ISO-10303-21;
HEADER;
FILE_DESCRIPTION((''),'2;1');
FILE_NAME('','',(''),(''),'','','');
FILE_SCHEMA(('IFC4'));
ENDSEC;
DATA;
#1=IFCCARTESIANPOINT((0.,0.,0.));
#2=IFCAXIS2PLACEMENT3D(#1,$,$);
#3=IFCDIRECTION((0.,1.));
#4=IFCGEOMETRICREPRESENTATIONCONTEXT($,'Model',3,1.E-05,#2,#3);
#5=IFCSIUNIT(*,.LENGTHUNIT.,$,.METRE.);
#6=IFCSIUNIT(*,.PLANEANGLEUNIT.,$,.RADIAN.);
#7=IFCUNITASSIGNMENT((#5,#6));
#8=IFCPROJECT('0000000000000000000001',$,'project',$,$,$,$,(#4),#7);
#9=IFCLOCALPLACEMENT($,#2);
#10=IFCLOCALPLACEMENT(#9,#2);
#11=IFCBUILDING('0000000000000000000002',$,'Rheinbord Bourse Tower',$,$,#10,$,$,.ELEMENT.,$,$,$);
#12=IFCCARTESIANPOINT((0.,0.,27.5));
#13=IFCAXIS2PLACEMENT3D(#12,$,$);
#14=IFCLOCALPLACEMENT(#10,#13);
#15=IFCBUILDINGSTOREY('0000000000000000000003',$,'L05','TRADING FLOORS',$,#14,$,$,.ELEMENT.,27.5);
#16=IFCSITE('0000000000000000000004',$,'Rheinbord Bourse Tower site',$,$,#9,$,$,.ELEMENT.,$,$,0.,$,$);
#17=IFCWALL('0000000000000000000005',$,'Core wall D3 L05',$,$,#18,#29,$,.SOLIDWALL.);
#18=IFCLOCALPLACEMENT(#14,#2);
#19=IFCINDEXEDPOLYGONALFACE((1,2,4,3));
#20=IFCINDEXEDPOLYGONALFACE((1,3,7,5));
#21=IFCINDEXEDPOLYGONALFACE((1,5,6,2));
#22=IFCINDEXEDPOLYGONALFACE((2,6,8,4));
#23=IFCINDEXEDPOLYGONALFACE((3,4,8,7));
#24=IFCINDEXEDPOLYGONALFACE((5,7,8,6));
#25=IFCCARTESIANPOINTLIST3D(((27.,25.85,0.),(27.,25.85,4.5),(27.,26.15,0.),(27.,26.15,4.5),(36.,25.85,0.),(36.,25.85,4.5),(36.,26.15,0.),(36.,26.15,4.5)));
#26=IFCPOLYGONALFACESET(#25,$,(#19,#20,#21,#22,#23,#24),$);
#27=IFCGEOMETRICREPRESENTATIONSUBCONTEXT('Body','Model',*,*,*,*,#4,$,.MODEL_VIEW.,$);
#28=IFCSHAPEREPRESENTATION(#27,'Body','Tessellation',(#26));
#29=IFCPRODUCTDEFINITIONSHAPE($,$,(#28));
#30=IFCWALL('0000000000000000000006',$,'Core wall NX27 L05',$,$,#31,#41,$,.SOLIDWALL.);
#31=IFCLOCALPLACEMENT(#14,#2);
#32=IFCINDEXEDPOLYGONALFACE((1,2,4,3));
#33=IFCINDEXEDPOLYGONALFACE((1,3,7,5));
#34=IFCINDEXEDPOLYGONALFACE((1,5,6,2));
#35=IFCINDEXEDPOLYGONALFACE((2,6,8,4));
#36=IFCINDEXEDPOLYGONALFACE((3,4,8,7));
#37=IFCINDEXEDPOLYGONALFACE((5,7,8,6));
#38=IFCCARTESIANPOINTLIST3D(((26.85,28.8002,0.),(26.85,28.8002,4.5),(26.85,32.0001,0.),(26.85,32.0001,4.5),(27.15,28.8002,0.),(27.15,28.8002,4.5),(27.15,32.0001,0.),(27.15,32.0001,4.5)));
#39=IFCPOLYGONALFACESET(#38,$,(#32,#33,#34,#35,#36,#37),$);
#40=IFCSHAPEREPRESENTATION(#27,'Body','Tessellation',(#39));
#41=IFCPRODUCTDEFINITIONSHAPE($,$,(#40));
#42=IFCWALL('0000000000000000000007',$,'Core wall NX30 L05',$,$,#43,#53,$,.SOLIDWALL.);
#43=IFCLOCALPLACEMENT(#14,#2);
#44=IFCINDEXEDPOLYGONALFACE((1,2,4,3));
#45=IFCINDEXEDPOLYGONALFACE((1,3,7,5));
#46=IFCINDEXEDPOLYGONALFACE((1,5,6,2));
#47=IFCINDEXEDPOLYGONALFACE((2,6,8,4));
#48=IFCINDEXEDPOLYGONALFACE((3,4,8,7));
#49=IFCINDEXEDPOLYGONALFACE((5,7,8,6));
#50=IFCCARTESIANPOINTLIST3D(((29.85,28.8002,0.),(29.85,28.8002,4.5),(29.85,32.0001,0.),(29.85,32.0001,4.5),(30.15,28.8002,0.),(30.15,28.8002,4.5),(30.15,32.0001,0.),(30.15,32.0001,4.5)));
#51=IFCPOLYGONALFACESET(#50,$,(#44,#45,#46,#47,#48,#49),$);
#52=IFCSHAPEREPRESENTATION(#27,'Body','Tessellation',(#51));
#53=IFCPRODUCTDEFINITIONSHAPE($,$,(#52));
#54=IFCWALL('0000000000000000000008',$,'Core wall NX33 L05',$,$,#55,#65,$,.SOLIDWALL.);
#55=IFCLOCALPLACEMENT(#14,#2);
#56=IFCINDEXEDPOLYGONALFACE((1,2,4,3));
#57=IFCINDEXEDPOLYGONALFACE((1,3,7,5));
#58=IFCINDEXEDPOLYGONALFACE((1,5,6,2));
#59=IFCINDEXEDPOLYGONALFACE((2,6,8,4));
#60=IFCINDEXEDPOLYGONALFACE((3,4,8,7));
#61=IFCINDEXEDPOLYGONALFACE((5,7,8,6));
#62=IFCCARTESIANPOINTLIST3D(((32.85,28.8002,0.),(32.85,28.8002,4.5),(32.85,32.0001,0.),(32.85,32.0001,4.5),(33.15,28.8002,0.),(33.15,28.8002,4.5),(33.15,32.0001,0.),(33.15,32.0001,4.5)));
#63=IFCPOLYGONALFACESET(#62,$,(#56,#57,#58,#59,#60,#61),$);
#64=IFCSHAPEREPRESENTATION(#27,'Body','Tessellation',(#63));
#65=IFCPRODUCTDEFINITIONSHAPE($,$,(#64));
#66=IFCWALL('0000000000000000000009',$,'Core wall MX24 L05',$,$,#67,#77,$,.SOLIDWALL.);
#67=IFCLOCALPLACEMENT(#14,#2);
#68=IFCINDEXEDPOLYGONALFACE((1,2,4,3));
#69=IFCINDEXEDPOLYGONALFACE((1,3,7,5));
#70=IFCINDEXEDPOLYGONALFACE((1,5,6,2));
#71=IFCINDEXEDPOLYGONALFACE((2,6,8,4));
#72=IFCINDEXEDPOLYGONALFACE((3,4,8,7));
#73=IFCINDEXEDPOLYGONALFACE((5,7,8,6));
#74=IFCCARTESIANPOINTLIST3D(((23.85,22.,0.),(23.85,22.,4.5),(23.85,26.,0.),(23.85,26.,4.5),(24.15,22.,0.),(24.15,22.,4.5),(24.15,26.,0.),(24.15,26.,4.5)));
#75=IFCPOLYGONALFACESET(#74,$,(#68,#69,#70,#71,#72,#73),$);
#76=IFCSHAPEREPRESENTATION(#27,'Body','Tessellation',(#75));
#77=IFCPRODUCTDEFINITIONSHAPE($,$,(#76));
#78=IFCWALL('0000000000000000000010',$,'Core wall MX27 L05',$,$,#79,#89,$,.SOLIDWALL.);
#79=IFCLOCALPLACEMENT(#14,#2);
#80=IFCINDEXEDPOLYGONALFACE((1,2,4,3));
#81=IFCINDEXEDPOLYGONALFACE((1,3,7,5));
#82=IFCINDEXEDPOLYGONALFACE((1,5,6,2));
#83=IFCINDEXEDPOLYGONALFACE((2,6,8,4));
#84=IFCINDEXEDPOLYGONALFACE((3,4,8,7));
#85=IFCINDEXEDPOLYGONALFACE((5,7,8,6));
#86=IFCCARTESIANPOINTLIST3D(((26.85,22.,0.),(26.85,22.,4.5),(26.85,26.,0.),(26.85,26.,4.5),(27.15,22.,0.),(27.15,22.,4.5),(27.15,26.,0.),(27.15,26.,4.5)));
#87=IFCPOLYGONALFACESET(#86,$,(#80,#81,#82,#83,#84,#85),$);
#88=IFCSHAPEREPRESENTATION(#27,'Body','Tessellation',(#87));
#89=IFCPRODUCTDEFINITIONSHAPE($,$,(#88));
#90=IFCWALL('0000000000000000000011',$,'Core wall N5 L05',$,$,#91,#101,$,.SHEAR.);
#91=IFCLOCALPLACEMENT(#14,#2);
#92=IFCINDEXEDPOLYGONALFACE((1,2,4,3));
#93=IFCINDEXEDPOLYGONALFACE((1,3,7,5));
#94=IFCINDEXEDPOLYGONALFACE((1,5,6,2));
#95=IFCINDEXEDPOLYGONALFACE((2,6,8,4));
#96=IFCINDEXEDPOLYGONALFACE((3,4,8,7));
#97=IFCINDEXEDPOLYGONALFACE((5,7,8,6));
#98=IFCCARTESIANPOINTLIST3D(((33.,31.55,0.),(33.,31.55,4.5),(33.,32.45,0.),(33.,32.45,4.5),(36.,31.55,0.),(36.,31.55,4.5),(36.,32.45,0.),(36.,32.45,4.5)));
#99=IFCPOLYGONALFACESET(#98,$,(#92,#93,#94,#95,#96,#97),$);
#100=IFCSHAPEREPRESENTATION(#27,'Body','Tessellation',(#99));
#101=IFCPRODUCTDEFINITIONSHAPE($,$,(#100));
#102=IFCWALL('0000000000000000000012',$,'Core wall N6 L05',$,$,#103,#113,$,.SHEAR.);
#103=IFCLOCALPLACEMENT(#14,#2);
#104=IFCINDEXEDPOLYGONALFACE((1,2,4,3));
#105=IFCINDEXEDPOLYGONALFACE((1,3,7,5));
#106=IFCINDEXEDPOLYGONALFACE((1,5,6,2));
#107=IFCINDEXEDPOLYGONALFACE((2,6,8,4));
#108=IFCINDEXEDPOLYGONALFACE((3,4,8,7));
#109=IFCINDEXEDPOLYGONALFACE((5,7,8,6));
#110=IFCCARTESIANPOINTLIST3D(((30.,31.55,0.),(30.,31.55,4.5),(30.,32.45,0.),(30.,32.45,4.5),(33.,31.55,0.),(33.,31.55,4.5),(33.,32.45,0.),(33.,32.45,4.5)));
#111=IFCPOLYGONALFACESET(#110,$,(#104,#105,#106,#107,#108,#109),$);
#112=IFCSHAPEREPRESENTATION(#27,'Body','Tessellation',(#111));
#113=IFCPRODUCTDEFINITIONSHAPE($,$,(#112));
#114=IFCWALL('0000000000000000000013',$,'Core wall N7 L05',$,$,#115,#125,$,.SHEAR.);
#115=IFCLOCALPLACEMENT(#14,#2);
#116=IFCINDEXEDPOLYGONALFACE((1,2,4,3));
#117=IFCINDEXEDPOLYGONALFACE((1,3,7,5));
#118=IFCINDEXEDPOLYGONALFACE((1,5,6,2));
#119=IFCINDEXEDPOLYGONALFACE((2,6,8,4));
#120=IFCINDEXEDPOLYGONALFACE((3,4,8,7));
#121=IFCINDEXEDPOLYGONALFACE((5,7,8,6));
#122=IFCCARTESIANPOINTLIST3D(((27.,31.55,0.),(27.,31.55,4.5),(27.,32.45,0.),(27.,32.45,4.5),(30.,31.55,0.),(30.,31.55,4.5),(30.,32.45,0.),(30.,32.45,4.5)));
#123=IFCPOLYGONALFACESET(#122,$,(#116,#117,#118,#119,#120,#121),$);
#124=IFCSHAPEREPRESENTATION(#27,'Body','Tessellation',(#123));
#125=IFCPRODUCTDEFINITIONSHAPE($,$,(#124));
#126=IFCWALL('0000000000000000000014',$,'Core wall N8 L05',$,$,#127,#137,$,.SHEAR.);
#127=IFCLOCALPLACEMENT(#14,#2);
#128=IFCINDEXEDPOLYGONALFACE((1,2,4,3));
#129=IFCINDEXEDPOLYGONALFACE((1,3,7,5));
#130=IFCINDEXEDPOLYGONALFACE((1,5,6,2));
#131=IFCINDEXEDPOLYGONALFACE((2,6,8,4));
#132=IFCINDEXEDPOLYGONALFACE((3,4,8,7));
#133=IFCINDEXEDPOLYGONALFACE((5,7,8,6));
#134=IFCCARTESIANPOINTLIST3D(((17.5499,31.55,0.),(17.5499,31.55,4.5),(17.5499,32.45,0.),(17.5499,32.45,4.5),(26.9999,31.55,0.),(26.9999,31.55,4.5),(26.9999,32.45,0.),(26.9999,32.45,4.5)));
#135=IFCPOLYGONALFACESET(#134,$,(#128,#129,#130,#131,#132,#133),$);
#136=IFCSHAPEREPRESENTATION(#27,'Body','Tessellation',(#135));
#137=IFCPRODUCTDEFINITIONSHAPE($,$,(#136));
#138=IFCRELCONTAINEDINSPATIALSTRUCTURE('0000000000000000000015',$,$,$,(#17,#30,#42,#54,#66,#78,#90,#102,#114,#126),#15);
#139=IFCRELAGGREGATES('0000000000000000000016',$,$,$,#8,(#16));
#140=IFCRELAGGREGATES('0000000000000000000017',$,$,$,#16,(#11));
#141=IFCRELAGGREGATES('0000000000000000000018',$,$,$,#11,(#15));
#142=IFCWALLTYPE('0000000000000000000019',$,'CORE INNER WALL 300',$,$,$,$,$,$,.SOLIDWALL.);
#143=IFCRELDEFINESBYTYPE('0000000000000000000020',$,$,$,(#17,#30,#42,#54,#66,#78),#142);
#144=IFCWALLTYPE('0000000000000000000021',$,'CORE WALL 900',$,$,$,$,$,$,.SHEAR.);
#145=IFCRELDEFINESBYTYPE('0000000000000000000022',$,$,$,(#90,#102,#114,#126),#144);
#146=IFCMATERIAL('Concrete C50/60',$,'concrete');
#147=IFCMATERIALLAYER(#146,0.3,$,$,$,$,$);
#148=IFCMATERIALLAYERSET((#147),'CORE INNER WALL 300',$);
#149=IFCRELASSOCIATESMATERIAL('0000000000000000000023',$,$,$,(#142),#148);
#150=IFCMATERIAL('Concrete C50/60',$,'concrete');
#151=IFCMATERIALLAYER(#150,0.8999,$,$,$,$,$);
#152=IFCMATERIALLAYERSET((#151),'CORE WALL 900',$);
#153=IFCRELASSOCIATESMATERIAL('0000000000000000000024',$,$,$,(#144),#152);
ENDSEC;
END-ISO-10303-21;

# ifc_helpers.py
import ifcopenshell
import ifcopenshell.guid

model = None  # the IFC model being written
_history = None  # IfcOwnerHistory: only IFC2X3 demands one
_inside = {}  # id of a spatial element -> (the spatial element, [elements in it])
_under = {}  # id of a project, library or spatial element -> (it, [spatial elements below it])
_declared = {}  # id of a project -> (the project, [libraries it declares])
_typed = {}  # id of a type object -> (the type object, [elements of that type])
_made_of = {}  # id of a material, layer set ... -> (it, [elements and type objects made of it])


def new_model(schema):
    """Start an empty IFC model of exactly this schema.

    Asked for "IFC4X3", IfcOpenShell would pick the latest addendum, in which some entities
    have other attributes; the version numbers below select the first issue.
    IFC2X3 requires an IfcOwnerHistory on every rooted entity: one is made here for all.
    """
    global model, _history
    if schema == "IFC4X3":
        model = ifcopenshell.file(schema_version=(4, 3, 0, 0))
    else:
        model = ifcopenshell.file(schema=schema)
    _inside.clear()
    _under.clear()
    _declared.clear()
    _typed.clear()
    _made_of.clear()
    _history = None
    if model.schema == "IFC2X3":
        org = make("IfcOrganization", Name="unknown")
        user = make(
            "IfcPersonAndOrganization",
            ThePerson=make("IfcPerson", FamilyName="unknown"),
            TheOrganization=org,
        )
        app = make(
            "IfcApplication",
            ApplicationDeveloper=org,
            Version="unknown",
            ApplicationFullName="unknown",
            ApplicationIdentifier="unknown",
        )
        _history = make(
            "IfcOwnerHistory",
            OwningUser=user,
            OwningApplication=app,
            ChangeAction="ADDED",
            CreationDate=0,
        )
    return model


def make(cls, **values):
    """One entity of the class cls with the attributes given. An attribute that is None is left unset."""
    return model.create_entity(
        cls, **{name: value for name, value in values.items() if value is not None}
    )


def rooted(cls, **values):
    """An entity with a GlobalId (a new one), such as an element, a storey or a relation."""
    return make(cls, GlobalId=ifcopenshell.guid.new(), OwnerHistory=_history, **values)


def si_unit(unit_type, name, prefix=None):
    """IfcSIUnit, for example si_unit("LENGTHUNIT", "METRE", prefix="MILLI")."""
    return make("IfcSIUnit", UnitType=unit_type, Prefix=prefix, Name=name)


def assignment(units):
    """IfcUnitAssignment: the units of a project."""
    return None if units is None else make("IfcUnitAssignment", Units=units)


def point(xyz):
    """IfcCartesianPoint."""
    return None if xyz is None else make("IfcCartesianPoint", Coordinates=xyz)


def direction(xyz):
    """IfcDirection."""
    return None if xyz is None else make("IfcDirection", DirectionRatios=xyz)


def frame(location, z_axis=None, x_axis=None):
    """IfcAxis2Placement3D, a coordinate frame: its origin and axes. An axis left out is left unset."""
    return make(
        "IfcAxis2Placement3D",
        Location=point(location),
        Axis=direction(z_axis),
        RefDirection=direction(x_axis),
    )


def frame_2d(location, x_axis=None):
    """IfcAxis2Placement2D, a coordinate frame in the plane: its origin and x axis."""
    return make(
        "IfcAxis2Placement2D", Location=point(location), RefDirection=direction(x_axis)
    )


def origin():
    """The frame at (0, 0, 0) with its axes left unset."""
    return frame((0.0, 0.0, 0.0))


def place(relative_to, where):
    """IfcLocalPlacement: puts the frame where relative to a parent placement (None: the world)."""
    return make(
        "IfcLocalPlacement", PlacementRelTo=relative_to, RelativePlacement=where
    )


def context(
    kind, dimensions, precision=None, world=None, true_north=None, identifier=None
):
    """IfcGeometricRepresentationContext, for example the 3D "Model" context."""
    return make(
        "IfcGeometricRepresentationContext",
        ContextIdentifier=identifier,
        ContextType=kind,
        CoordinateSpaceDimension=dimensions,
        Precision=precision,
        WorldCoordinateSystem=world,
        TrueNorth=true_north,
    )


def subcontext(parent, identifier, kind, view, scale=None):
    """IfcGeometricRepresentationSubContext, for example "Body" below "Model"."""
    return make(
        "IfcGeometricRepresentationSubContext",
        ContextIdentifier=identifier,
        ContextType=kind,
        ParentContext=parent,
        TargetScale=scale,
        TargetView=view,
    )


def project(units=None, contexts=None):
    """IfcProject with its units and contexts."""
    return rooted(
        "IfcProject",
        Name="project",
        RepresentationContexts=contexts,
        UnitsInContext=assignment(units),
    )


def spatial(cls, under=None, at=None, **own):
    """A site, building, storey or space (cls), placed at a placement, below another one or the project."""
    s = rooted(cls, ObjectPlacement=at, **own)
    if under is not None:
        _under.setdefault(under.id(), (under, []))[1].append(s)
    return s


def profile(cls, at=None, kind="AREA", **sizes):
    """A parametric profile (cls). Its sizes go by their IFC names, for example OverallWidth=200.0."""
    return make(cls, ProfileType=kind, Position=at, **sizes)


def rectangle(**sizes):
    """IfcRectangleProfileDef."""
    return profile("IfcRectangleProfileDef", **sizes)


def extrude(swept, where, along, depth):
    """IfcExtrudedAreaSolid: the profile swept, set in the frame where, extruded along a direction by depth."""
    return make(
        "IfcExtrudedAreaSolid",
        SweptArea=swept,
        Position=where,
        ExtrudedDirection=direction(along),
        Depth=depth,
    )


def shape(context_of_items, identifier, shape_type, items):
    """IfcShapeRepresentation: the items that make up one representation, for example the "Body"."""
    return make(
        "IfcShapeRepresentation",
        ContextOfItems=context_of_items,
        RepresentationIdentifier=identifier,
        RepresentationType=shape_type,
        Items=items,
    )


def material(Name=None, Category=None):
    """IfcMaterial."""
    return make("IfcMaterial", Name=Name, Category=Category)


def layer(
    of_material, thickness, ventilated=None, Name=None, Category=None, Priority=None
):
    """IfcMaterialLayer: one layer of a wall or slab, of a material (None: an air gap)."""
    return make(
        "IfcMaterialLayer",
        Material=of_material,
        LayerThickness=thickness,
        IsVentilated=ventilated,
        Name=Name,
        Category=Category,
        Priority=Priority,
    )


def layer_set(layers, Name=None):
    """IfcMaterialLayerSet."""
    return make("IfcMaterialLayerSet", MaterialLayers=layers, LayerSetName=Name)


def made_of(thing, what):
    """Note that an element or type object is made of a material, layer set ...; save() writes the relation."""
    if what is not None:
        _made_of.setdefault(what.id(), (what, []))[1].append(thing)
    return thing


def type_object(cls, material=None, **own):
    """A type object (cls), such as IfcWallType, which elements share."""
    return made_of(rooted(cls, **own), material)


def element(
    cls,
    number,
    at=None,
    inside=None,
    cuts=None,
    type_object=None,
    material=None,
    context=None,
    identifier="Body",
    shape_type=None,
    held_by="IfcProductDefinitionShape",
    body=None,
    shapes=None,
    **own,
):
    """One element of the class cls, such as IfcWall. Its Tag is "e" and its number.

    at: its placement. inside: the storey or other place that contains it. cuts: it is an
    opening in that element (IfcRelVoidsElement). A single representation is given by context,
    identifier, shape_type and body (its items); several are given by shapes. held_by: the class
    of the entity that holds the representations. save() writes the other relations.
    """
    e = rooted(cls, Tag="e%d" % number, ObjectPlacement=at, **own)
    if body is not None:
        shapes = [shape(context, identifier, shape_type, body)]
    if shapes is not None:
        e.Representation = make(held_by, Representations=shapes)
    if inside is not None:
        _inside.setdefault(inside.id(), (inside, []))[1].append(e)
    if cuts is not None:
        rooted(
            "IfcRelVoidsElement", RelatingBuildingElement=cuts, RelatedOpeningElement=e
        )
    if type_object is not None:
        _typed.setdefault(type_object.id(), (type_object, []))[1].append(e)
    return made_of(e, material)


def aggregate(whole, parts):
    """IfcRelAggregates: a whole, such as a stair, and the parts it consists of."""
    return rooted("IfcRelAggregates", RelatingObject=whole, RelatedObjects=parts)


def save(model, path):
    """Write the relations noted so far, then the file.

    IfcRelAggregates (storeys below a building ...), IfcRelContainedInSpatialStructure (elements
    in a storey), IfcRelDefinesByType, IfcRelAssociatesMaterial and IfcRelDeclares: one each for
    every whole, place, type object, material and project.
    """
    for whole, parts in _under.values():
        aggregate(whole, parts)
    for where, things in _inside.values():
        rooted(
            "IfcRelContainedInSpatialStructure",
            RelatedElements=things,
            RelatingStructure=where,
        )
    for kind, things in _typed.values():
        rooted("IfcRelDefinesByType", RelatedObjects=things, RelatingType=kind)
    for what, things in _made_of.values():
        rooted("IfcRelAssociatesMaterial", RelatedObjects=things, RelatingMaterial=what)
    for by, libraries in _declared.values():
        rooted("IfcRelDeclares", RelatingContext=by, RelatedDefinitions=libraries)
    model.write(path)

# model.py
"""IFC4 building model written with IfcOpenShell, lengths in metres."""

from ifc_helpers import new_model, si_unit, direction, frame, frame_2d, origin, place, context, subcontext, project, spatial, rectangle, extrude, material, layer, layer_set, type_object, element, save


model = new_model("IFC4")

# Units and contexts
model_context = context("Model", 3, precision=1e-05, world=origin(), true_north=direction((0.0, 1.0)))
body_context = subcontext(model_context, "Body", "Model", "MODEL_VIEW")
ifc_project = project(units=[si_unit("LENGTHUNIT", "METRE"), si_unit("PLANEANGLEUNIT", "RADIAN")], contexts=[model_context])

# Site, building, storey
site_placement = place(None, origin())
site = spatial("IfcSite", under=ifc_project, at=site_placement, Name="Rheinbord Bourse Tower site", CompositionType="ELEMENT", RefElevation=0.0)
building_placement = place(site_placement, origin())
building = spatial("IfcBuilding", under=site, at=building_placement, Name="Rheinbord Bourse Tower", CompositionType="ELEMENT")
storey_placement = place(building_placement, frame((0.0, 0.0, 27.5)))
storey = spatial("IfcBuildingStorey", under=building, at=storey_placement, Name="L05", Description="TRADING FLOORS", CompositionType="ELEMENT", Elevation=27.5)

# Shared definitions
ifc_material_1 = material(Name="Concrete C50/60", Category="concrete")
ifc_layer_1 = layer(ifc_material_1, 0.3)
ifc_layer_set_1 = layer_set([ifc_layer_1], Name="CORE INNER WALL 300")
wall_type_1 = type_object("IfcWallType", Name="CORE INNER WALL 300", PredefinedType="SOLIDWALL", material=ifc_layer_set_1)

# Walls
wall_1_placement = place(storey_placement, frame((27.0, 26.0, 0.0), z_axis=(0.0, 0.0, 1.0), x_axis=(1.0, 0.0, 0.0)))
element("IfcWall", 1, at=wall_1_placement, inside=storey, type_object=wall_type_1, Name="Core wall D3 L05", PredefinedType="SOLIDWALL", context=body_context, shape_type="SweptSolid", body=[
    extrude(rectangle(XDim=9.0, YDim=0.3, at=frame_2d((4.5, 0.0))), origin(), (0.0, 0.0, 1.0), 4.5),
])
for number, where, z_axis, x_axis, name in (
    (2, (27.0, 28.8, 0.0), (0.0, 0.0, 1.0), (0.0, 1.0, 0.0), "Core wall NX27 L05"),
    (3, (30.0, 28.8, 0.0), (0.0, 0.0, 1.0), (0.0, 1.0, 0.0), "Core wall NX30 L05"),
    (4, (33.0, 28.8, 0.0), (0.0, 0.0, 1.0), (0.0, 1.0, 0.0), "Core wall NX33 L05"),
):
    element("IfcWall", number, at=place(storey_placement, frame(where, z_axis=z_axis, x_axis=x_axis)), inside=storey, type_object=wall_type_1, Name=name, PredefinedType="SOLIDWALL", context=body_context, shape_type="SweptSolid", body=[
        extrude(rectangle(XDim=3.2, YDim=0.3, at=frame_2d((1.6001, 0.0))), origin(), (0.0, 0.0, 1.0), 4.5),
    ])
for number, where, z_axis, x_axis, name in (
    (5, (24.0, 22.0, 0.0), (0.0, 0.0, 1.0), (0.0, 1.0, 0.0), "Core wall MX24 L05"),
    (6, (27.0, 22.0, 0.0), (0.0, 0.0, 1.0), (0.0, 1.0, 0.0), "Core wall MX27 L05"),
):
    element("IfcWall", number, at=place(storey_placement, frame(where, z_axis=z_axis, x_axis=x_axis)), inside=storey, type_object=wall_type_1, Name=name, PredefinedType="SOLIDWALL", context=body_context, shape_type="SweptSolid", body=[
        extrude(rectangle(XDim=4.0, YDim=0.3, at=frame_2d((2.0, 0.0))), origin(), (0.0, 0.0, 1.0), 4.5),
    ])
ifc_material_2 = material(Name="Concrete C50/60", Category="concrete")
ifc_layer_2 = layer(ifc_material_2, 0.8999)
ifc_layer_set_2 = layer_set([ifc_layer_2], Name="CORE WALL 900")
wall_type_2 = type_object("IfcWallType", Name="CORE WALL 900", PredefinedType="SHEAR", material=ifc_layer_set_2)
for number, where, z_axis, x_axis, name in (
    (7, (36.0, 32.0, 0.0), (0.0, 0.0, 1.0), (-1.0, 0.0, 0.0), "Core wall N5 L05"),
    (8, (33.0, 32.0, 0.0), (0.0, 0.0, 1.0), (-1.0, 0.0, 0.0), "Core wall N6 L05"),
    (9, (30.0, 32.0, 0.0), (0.0, 0.0, 1.0), (-1.0, 0.0, 0.0), "Core wall N7 L05"),
):
    element("IfcWall", number, at=place(storey_placement, frame(where, z_axis=z_axis, x_axis=x_axis)), inside=storey, type_object=wall_type_2, Name=name, PredefinedType="SHEAR", context=body_context, shape_type="SweptSolid", body=[
        extrude(rectangle(XDim=3.0, YDim=0.8999, at=frame_2d((1.5, 0.0))), origin(), (0.0, 0.0, 1.0), 4.5),
    ])
wall_2_placement = place(storey_placement, frame((27.0, 32.0, 0.0), z_axis=(0.0, 0.0, 1.0), x_axis=(-1.0, 0.0, 0.0)))
element("IfcWall", 10, at=wall_2_placement, inside=storey, type_object=wall_type_2, Name="Core wall N8 L05", PredefinedType="SHEAR", context=body_context, shape_type="SweptSolid", body=[
    extrude(rectangle(XDim=9.45, YDim=0.8999, at=frame_2d((4.7251, 0.0))), origin(), (0.0, 0.0, 1.0), 4.5),
])

save(model, "model.ifc")
